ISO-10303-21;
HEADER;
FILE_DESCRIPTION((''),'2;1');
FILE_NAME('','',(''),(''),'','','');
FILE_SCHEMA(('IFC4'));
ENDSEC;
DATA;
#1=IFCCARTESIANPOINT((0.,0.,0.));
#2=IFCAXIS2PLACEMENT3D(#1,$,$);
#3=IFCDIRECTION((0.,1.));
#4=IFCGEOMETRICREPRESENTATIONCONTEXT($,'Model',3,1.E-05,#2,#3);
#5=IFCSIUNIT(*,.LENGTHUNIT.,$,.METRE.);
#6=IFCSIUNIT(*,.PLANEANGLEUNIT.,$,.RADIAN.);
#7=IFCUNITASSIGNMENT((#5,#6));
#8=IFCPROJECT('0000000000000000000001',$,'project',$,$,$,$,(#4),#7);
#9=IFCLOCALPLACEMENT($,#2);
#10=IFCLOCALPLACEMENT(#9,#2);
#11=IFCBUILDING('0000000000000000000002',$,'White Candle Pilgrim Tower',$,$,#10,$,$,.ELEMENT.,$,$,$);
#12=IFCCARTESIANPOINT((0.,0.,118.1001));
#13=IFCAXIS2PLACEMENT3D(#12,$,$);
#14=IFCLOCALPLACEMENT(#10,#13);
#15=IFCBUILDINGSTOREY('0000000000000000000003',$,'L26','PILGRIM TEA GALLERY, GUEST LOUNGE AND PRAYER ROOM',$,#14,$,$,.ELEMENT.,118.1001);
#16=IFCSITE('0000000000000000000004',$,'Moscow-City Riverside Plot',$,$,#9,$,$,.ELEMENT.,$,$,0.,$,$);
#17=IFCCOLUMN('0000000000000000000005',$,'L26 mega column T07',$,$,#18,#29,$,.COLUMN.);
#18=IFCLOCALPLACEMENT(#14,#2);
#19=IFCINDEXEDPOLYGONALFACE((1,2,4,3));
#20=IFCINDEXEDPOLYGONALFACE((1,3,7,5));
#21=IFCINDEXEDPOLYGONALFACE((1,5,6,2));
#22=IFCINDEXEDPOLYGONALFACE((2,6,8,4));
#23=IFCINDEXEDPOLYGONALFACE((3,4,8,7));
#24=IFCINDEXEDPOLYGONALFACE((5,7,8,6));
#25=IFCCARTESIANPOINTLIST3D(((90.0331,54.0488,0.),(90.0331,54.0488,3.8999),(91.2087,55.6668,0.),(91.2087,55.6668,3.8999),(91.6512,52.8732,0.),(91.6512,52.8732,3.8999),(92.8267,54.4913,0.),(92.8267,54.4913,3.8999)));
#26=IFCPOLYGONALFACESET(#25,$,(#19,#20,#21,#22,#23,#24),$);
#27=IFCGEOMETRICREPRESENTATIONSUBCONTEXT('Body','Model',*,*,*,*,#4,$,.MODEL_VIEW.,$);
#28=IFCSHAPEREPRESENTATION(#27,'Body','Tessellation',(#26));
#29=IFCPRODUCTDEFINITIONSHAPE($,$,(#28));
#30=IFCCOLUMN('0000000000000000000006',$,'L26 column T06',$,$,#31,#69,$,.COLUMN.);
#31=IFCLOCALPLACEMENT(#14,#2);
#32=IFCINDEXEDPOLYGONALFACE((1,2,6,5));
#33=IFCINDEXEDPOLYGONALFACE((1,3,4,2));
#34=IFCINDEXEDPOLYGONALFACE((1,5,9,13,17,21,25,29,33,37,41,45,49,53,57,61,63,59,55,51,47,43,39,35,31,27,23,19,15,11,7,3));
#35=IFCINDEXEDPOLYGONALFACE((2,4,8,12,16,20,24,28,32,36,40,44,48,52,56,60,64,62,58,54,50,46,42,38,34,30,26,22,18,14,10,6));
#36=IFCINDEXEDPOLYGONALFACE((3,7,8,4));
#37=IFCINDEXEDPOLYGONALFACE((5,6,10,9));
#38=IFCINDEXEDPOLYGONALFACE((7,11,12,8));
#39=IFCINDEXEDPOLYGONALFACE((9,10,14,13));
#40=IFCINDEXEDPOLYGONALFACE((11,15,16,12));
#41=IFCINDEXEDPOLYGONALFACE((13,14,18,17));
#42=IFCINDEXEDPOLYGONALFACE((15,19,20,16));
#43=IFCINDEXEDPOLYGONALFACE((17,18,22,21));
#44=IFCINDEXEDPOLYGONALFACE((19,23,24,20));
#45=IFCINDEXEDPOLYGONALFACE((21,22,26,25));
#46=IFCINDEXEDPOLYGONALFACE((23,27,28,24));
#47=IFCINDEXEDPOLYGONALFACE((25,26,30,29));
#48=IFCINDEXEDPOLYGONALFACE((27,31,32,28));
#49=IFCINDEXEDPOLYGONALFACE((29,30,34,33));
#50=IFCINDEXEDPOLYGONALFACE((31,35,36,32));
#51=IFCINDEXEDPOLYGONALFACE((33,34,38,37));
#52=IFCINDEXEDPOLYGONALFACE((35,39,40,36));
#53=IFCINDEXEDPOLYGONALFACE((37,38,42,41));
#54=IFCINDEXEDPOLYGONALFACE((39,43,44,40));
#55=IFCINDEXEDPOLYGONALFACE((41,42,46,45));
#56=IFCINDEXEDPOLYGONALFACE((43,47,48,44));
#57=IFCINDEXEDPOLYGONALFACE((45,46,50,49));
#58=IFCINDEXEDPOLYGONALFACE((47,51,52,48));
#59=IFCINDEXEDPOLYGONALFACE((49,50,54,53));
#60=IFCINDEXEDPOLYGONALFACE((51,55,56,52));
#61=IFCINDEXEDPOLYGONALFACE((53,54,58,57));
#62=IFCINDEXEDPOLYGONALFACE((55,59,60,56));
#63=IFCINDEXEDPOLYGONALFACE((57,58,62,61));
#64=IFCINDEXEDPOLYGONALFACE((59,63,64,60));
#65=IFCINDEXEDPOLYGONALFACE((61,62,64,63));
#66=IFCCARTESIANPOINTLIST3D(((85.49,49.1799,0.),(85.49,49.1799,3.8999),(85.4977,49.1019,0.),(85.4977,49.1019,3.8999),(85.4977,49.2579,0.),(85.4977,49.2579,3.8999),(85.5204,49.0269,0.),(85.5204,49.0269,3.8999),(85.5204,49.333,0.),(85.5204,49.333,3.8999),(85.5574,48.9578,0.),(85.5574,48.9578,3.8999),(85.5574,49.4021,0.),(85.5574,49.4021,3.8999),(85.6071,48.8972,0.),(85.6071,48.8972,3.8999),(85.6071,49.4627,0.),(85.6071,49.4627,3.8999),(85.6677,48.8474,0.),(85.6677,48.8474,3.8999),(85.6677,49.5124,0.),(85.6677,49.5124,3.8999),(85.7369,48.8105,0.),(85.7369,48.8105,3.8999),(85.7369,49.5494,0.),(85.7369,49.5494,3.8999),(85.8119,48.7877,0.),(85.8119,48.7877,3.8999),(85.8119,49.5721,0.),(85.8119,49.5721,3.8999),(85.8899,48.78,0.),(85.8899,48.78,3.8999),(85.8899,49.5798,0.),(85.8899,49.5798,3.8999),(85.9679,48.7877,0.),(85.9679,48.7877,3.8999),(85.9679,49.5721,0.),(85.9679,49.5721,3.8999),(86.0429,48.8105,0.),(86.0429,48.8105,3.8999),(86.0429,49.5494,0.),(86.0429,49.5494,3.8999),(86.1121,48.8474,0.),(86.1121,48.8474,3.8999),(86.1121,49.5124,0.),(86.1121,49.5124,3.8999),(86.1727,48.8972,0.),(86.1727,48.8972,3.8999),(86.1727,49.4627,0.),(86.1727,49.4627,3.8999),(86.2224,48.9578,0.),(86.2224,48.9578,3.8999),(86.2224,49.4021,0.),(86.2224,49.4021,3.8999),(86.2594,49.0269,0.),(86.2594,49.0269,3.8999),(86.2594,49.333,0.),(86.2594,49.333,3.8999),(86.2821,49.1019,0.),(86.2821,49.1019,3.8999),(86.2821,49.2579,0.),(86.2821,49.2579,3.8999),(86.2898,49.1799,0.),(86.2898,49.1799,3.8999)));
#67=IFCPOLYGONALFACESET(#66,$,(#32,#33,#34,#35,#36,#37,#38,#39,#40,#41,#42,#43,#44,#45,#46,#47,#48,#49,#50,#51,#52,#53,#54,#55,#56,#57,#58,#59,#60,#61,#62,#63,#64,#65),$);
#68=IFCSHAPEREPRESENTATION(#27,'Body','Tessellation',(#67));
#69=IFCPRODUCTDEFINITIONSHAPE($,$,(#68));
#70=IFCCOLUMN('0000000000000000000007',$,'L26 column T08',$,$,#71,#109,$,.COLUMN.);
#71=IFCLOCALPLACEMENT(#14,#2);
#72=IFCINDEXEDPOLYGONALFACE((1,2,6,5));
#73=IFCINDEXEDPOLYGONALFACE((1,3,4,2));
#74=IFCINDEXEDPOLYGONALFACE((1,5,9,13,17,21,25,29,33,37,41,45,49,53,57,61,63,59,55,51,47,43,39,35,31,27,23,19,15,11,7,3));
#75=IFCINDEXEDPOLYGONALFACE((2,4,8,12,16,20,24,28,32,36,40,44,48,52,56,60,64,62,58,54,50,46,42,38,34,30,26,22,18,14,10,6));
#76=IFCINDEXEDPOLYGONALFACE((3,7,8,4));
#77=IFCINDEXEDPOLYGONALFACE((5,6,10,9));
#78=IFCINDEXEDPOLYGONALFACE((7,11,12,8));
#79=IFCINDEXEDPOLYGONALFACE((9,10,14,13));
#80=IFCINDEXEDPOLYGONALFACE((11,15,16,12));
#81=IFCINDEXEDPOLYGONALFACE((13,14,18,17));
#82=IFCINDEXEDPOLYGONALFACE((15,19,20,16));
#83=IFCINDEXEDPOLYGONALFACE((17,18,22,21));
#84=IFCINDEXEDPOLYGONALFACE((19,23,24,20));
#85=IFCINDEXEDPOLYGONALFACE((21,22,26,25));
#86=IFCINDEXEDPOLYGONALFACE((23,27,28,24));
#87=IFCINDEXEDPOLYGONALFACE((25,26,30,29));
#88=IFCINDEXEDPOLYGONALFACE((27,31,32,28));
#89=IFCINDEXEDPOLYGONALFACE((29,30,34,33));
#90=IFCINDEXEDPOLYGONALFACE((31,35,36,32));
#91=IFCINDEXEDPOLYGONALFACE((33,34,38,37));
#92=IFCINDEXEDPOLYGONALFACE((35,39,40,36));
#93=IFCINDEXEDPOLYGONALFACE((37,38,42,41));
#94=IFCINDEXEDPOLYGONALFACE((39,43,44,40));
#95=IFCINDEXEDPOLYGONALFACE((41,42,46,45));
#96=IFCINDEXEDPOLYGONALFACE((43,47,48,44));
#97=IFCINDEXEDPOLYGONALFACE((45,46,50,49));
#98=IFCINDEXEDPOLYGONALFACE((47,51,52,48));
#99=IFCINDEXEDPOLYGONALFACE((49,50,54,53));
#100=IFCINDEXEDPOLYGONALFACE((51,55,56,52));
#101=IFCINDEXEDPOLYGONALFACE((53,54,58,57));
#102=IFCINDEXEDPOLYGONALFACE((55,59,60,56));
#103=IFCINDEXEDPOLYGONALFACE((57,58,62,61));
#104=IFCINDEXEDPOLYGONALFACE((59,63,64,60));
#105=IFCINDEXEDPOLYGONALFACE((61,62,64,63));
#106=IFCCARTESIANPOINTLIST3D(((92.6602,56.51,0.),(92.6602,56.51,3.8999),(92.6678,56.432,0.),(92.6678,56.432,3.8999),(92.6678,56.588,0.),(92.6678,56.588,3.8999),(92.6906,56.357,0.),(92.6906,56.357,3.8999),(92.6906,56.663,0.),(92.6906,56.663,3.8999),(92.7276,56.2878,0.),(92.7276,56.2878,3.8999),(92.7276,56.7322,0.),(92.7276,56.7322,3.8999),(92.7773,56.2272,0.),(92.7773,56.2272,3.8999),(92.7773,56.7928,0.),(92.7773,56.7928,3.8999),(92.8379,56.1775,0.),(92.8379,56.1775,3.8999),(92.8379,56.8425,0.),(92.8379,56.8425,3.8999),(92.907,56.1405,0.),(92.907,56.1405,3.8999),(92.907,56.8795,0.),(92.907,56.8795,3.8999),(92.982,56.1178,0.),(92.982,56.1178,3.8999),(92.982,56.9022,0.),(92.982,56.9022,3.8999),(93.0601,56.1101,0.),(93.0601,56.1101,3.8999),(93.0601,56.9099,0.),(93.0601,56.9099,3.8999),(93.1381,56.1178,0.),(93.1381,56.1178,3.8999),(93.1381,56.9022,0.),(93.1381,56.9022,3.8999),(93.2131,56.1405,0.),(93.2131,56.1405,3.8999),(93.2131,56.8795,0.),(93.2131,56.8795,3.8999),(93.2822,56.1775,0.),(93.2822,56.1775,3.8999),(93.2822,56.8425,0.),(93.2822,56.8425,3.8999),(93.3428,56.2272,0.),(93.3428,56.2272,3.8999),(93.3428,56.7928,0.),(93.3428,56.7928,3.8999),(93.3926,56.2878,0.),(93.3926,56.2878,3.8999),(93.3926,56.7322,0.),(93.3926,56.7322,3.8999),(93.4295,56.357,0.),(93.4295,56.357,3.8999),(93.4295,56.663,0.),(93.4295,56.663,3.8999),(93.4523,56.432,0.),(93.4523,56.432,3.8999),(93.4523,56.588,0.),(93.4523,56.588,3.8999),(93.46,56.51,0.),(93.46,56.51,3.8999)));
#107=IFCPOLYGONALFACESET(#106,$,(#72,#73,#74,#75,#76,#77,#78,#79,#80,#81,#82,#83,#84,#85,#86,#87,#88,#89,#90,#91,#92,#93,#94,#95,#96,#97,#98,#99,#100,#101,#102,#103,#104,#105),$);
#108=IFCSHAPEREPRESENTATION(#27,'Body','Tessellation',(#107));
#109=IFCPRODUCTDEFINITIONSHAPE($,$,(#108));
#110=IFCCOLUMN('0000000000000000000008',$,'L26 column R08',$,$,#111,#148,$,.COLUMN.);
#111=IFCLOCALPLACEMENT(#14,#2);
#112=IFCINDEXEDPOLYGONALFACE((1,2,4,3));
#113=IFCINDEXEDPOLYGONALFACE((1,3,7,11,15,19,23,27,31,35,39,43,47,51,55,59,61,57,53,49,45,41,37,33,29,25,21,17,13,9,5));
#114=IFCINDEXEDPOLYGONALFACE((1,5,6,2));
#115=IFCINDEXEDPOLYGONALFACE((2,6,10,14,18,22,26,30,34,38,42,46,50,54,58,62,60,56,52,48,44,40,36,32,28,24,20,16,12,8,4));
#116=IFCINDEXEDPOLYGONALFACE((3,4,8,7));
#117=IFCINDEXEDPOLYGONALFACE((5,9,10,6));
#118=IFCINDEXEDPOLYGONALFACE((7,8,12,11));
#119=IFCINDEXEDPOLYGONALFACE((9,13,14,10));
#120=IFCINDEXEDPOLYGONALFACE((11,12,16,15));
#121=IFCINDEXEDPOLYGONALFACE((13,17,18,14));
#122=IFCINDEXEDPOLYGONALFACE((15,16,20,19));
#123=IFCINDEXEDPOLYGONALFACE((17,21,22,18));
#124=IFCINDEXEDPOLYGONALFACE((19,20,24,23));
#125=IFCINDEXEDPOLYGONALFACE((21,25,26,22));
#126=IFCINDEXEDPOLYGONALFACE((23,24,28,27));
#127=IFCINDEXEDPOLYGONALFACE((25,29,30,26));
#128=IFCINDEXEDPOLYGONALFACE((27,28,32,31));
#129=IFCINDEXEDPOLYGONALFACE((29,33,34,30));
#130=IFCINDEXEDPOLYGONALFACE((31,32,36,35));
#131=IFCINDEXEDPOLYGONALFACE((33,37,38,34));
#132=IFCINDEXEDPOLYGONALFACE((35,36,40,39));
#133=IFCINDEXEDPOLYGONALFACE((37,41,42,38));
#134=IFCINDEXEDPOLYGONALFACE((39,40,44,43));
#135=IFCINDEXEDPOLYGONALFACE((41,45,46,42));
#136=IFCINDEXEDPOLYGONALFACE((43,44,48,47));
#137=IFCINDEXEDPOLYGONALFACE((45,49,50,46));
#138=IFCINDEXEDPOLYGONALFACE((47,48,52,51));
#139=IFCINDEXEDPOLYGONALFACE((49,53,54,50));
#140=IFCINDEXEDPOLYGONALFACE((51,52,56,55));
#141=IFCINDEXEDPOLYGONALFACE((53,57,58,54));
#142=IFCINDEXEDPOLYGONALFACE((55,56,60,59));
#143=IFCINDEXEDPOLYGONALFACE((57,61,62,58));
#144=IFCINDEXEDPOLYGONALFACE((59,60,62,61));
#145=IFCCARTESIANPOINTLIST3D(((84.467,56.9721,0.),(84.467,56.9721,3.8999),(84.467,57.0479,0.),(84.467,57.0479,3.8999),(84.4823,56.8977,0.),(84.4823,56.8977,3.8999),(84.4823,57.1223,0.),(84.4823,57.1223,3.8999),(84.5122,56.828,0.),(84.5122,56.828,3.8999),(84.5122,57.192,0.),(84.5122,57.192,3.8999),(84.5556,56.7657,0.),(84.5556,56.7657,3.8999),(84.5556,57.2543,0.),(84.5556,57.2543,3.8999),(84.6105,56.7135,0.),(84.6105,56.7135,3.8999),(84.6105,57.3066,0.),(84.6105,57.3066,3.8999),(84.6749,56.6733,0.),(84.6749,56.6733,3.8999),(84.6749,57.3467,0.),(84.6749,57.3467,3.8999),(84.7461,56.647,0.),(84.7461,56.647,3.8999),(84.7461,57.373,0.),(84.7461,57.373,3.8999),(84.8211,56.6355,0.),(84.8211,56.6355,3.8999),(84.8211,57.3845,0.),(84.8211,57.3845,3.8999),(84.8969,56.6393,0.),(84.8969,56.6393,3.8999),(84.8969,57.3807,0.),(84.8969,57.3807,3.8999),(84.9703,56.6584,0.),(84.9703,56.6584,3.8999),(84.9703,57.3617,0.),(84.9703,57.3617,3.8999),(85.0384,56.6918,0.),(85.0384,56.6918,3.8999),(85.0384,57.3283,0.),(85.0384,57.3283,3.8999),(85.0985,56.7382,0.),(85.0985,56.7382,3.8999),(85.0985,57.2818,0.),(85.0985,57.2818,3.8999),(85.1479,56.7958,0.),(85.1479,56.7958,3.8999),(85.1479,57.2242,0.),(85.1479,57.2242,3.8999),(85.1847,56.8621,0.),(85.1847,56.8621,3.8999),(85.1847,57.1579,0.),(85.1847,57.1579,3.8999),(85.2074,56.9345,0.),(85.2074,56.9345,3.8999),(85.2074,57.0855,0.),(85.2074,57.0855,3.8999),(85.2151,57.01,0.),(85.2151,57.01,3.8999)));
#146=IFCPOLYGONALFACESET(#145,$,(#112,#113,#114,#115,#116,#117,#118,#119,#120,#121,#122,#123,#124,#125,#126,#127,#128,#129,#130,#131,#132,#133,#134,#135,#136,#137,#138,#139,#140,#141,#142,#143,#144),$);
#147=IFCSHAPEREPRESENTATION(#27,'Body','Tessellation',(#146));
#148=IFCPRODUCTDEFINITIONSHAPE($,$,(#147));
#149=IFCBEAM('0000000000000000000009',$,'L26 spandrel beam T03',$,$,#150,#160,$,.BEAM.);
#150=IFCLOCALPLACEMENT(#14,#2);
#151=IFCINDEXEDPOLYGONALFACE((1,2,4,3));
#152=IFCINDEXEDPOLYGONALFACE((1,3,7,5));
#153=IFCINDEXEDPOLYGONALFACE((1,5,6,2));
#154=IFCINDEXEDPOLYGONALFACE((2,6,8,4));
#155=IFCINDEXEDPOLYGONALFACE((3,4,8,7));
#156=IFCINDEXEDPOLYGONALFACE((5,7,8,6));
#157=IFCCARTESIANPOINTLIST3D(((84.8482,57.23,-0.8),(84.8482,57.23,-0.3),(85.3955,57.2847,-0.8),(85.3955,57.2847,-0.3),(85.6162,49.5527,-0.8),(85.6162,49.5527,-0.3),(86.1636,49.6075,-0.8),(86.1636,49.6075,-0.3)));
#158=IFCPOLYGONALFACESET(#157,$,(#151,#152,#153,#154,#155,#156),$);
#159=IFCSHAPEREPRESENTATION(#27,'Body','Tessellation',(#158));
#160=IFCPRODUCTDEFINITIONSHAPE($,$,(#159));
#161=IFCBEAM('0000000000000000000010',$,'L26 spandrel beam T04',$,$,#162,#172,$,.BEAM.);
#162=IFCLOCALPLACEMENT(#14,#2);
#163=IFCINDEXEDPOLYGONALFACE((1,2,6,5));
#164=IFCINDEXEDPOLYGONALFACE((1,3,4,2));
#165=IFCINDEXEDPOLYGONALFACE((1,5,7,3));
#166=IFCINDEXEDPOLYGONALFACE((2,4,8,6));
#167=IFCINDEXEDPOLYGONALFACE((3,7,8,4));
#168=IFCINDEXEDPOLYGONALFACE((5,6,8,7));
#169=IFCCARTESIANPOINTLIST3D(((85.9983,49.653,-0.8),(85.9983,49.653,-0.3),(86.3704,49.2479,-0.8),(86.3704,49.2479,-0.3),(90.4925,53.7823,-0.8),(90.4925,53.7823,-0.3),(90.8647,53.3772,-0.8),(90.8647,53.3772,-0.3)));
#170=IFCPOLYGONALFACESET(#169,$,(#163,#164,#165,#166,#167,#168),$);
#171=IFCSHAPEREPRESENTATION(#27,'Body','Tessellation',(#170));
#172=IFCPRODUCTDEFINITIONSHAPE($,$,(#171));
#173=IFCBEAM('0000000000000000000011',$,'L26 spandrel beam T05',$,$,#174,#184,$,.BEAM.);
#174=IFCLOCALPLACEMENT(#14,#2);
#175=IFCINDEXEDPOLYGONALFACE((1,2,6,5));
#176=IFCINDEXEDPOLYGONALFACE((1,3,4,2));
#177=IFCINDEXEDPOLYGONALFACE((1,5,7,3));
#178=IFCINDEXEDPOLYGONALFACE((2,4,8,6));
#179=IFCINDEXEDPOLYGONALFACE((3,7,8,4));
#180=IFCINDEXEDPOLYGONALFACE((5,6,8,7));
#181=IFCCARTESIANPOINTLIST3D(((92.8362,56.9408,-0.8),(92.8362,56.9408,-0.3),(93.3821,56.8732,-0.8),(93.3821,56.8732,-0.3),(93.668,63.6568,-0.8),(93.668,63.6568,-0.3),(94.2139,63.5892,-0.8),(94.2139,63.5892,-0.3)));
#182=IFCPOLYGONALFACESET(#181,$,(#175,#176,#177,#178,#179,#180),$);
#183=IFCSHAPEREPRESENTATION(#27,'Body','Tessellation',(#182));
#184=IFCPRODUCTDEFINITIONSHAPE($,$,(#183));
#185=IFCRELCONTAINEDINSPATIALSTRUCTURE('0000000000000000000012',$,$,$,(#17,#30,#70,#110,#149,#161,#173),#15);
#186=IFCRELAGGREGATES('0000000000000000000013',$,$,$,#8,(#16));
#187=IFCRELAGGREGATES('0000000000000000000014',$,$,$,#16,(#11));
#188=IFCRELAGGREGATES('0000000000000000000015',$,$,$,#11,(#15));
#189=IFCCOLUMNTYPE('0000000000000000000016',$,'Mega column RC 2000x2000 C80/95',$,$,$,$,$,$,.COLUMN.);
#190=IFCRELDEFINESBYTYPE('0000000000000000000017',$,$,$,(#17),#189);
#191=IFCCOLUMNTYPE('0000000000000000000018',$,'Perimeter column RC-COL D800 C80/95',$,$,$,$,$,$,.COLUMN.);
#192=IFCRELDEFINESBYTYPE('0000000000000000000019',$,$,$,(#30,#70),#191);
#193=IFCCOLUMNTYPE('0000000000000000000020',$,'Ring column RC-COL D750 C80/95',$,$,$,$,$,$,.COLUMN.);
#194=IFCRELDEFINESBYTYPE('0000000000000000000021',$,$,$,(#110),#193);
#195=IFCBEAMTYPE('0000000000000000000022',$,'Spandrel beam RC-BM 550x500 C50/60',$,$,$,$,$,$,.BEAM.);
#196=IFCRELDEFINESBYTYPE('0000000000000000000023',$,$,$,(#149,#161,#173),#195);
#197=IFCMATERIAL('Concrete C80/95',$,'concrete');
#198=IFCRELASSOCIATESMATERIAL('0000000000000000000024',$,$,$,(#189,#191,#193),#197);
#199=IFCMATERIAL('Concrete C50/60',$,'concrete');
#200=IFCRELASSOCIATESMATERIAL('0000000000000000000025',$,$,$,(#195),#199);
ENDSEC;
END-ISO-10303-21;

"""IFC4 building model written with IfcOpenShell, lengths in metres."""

from ifc_helpers import new_model, si_unit, direction, frame, origin, origin_2d, place, context, subcontext, project, spatial, rectangle, circle, extrude, material, material_profile, profile_set, type_object, element, save


model = new_model("IFC4")

# Units and contexts
model_context = context("Model", 3, precision=1e-05, world=origin(), true_north=direction((0.0, 1.0)))
body_context = subcontext(model_context, "Body", "Model", "MODEL_VIEW")
ifc_project = project(units=[si_unit("LENGTHUNIT", "METRE"), si_unit("PLANEANGLEUNIT", "RADIAN")], contexts=[model_context])

# Site, building, storey
site_placement = place(None, origin())
site = spatial("IfcSite", under=ifc_project, at=site_placement, Name="Moscow-City Riverside Plot", CompositionType="ELEMENT", RefElevation=0.0)
building_placement = place(site_placement, origin())
building = spatial("IfcBuilding", under=site, at=building_placement, Name="White Candle Pilgrim Tower", CompositionType="ELEMENT")
storey_placement = place(building_placement, frame((0.0, 0.0, 118.1001)))
storey = spatial("IfcBuildingStorey", under=building, at=storey_placement, Name="L26", Description="PILGRIM TEA GALLERY, GUEST LOUNGE AND PRAYER ROOM", CompositionType="ELEMENT", Elevation=118.1001)

# Columns
ifc_material_1 = material(Name="Concrete C80/95", Category="concrete")
ifc_material_profile_1 = material_profile(ifc_material_1, rectangle(XDim=2.0, YDim=2.0, at=origin_2d()), Name="RC 2000x2000")
ifc_profile_set_1 = profile_set([ifc_material_profile_1], Name="Concrete C80/95")
column_type_1 = type_object("IfcColumnType", Name="Mega column RC 2000x2000 C80/95", PredefinedType="COLUMN", material=ifc_profile_set_1)
column_1_placement = place(storey_placement, frame((91.4299, 54.27, 0.0), z_axis=(0.0, 0.0, 1.0), x_axis=(0.809017, -0.587785, 0.0)))
element("IfcColumn", 1, at=column_1_placement, inside=storey, type_object=column_type_1, Name="L26 mega column T07", PredefinedType="COLUMN", context=body_context, shape_type="SweptSolid", body=[
    extrude(rectangle(XDim=2.0, YDim=2.0, at=origin_2d()), origin(), (0.0, 0.0, 1.0), 3.8999),
])
ifc_material_profile_2 = material_profile(ifc_material_1, circle(Radius=0.3999, at=origin_2d()), Name="RC-COL D800")
ifc_profile_set_2 = profile_set([ifc_material_profile_2], Name="Concrete C80/95")
column_type_2 = type_object("IfcColumnType", Name="Perimeter column RC-COL D800 C80/95", PredefinedType="COLUMN", material=ifc_profile_set_2)
for number, where, z_axis, x_axis, name in (
    (2, (85.8899, 49.1799, 0.0), (0.0, 0.0, 1.0), (1.0, 0.0, 0.0), "L26 column T06"),
    (3, (93.0601, 56.51, 0.0), (0.0, 0.0, 1.0), (1.0, 0.0, 0.0), "L26 column T08"),
):
    element("IfcColumn", number, at=place(storey_placement, frame(where, z_axis=z_axis, x_axis=x_axis)), inside=storey, type_object=column_type_2, Name=name, PredefinedType="COLUMN", context=body_context, shape_type="SweptSolid", body=[
        extrude(circle(Radius=0.3999, at=origin_2d()), origin(), (0.0, 0.0, 1.0), 3.8999),
    ])
ifc_material_profile_3 = material_profile(ifc_material_1, circle(Radius=0.375, at=origin_2d()), Name="RC-COL D750")
ifc_profile_set_3 = profile_set([ifc_material_profile_3], Name="Concrete C80/95")
column_type_3 = type_object("IfcColumnType", Name="Ring column RC-COL D750 C80/95", PredefinedType="COLUMN", material=ifc_profile_set_3)
column_2_placement = place(storey_placement, frame((84.8401, 57.01, 0.0), z_axis=(0.0, 0.0, 1.0), x_axis=(1.0, 0.0, 0.0)))
element("IfcColumn", 4, at=column_2_placement, inside=storey, type_object=column_type_3, Name="L26 column R08", PredefinedType="COLUMN", context=body_context, shape_type="SweptSolid", body=[
    extrude(circle(Radius=0.375, at=origin_2d()), origin(), (0.0, 0.0, 1.0), 3.8999),
])

# Beams
ifc_material_2 = material(Name="Concrete C50/60", Category="concrete")
ifc_material_profile_4 = material_profile(ifc_material_2, rectangle(XDim=0.55, YDim=0.5, at=origin_2d()), Name="RC-BM 550x500")
ifc_profile_set_4 = profile_set([ifc_material_profile_4], Name="Concrete C50/60")
beam_type = type_object("IfcBeamType", Name="Spandrel beam RC-BM 550x500 C50/60", PredefinedType="BEAM", material=ifc_profile_set_4)
beam_1_placement = place(storey_placement, frame((85.8899, 49.5801, -0.55), z_axis=(-0.099548, 0.995033, 0.0), x_axis=(-0.995033, -0.099548, 0.0)))
element("IfcBeam", 5, at=beam_1_placement, inside=storey, type_object=beam_type, Name="L26 spandrel beam T03", PredefinedType="BEAM", context=body_context, shape_type="SweptSolid", body=[
    extrude(rectangle(XDim=0.55, YDim=0.5, at=origin_2d()), origin(), (0.0, 0.0, 1.0), 7.7156),
])
beam_2_placement = place(storey_placement, frame((86.1843, 49.4504, -0.55), z_axis=(0.736375, 0.676574, 0.0), x_axis=(-0.676574, 0.736375, 0.0)))
element("IfcBeam", 6, at=beam_2_placement, inside=storey, type_object=beam_type, Name="L26 spandrel beam T04", PredefinedType="BEAM", context=body_context, shape_type="SweptSolid", body=[
    extrude(rectangle(XDim=0.55, YDim=0.5, at=origin_2d()), origin(), (0.0, 0.0, 1.0), 6.1033),
])
beam_3_placement = place(storey_placement, frame((93.1091, 56.907, -0.55), z_axis=(0.122911, 0.992418, 0.0), x_axis=(-0.992418, 0.122911, 0.0)))
element("IfcBeam", 7, at=beam_3_placement, inside=storey, type_object=beam_type, Name="L26 spandrel beam T05", PredefinedType="BEAM", context=body_context, shape_type="SweptSolid", body=[
    extrude(rectangle(XDim=0.55, YDim=0.5, at=origin_2d()), origin(), (0.0, 0.0, 1.0), 6.7673),
])

save(model, "model.ifc")
